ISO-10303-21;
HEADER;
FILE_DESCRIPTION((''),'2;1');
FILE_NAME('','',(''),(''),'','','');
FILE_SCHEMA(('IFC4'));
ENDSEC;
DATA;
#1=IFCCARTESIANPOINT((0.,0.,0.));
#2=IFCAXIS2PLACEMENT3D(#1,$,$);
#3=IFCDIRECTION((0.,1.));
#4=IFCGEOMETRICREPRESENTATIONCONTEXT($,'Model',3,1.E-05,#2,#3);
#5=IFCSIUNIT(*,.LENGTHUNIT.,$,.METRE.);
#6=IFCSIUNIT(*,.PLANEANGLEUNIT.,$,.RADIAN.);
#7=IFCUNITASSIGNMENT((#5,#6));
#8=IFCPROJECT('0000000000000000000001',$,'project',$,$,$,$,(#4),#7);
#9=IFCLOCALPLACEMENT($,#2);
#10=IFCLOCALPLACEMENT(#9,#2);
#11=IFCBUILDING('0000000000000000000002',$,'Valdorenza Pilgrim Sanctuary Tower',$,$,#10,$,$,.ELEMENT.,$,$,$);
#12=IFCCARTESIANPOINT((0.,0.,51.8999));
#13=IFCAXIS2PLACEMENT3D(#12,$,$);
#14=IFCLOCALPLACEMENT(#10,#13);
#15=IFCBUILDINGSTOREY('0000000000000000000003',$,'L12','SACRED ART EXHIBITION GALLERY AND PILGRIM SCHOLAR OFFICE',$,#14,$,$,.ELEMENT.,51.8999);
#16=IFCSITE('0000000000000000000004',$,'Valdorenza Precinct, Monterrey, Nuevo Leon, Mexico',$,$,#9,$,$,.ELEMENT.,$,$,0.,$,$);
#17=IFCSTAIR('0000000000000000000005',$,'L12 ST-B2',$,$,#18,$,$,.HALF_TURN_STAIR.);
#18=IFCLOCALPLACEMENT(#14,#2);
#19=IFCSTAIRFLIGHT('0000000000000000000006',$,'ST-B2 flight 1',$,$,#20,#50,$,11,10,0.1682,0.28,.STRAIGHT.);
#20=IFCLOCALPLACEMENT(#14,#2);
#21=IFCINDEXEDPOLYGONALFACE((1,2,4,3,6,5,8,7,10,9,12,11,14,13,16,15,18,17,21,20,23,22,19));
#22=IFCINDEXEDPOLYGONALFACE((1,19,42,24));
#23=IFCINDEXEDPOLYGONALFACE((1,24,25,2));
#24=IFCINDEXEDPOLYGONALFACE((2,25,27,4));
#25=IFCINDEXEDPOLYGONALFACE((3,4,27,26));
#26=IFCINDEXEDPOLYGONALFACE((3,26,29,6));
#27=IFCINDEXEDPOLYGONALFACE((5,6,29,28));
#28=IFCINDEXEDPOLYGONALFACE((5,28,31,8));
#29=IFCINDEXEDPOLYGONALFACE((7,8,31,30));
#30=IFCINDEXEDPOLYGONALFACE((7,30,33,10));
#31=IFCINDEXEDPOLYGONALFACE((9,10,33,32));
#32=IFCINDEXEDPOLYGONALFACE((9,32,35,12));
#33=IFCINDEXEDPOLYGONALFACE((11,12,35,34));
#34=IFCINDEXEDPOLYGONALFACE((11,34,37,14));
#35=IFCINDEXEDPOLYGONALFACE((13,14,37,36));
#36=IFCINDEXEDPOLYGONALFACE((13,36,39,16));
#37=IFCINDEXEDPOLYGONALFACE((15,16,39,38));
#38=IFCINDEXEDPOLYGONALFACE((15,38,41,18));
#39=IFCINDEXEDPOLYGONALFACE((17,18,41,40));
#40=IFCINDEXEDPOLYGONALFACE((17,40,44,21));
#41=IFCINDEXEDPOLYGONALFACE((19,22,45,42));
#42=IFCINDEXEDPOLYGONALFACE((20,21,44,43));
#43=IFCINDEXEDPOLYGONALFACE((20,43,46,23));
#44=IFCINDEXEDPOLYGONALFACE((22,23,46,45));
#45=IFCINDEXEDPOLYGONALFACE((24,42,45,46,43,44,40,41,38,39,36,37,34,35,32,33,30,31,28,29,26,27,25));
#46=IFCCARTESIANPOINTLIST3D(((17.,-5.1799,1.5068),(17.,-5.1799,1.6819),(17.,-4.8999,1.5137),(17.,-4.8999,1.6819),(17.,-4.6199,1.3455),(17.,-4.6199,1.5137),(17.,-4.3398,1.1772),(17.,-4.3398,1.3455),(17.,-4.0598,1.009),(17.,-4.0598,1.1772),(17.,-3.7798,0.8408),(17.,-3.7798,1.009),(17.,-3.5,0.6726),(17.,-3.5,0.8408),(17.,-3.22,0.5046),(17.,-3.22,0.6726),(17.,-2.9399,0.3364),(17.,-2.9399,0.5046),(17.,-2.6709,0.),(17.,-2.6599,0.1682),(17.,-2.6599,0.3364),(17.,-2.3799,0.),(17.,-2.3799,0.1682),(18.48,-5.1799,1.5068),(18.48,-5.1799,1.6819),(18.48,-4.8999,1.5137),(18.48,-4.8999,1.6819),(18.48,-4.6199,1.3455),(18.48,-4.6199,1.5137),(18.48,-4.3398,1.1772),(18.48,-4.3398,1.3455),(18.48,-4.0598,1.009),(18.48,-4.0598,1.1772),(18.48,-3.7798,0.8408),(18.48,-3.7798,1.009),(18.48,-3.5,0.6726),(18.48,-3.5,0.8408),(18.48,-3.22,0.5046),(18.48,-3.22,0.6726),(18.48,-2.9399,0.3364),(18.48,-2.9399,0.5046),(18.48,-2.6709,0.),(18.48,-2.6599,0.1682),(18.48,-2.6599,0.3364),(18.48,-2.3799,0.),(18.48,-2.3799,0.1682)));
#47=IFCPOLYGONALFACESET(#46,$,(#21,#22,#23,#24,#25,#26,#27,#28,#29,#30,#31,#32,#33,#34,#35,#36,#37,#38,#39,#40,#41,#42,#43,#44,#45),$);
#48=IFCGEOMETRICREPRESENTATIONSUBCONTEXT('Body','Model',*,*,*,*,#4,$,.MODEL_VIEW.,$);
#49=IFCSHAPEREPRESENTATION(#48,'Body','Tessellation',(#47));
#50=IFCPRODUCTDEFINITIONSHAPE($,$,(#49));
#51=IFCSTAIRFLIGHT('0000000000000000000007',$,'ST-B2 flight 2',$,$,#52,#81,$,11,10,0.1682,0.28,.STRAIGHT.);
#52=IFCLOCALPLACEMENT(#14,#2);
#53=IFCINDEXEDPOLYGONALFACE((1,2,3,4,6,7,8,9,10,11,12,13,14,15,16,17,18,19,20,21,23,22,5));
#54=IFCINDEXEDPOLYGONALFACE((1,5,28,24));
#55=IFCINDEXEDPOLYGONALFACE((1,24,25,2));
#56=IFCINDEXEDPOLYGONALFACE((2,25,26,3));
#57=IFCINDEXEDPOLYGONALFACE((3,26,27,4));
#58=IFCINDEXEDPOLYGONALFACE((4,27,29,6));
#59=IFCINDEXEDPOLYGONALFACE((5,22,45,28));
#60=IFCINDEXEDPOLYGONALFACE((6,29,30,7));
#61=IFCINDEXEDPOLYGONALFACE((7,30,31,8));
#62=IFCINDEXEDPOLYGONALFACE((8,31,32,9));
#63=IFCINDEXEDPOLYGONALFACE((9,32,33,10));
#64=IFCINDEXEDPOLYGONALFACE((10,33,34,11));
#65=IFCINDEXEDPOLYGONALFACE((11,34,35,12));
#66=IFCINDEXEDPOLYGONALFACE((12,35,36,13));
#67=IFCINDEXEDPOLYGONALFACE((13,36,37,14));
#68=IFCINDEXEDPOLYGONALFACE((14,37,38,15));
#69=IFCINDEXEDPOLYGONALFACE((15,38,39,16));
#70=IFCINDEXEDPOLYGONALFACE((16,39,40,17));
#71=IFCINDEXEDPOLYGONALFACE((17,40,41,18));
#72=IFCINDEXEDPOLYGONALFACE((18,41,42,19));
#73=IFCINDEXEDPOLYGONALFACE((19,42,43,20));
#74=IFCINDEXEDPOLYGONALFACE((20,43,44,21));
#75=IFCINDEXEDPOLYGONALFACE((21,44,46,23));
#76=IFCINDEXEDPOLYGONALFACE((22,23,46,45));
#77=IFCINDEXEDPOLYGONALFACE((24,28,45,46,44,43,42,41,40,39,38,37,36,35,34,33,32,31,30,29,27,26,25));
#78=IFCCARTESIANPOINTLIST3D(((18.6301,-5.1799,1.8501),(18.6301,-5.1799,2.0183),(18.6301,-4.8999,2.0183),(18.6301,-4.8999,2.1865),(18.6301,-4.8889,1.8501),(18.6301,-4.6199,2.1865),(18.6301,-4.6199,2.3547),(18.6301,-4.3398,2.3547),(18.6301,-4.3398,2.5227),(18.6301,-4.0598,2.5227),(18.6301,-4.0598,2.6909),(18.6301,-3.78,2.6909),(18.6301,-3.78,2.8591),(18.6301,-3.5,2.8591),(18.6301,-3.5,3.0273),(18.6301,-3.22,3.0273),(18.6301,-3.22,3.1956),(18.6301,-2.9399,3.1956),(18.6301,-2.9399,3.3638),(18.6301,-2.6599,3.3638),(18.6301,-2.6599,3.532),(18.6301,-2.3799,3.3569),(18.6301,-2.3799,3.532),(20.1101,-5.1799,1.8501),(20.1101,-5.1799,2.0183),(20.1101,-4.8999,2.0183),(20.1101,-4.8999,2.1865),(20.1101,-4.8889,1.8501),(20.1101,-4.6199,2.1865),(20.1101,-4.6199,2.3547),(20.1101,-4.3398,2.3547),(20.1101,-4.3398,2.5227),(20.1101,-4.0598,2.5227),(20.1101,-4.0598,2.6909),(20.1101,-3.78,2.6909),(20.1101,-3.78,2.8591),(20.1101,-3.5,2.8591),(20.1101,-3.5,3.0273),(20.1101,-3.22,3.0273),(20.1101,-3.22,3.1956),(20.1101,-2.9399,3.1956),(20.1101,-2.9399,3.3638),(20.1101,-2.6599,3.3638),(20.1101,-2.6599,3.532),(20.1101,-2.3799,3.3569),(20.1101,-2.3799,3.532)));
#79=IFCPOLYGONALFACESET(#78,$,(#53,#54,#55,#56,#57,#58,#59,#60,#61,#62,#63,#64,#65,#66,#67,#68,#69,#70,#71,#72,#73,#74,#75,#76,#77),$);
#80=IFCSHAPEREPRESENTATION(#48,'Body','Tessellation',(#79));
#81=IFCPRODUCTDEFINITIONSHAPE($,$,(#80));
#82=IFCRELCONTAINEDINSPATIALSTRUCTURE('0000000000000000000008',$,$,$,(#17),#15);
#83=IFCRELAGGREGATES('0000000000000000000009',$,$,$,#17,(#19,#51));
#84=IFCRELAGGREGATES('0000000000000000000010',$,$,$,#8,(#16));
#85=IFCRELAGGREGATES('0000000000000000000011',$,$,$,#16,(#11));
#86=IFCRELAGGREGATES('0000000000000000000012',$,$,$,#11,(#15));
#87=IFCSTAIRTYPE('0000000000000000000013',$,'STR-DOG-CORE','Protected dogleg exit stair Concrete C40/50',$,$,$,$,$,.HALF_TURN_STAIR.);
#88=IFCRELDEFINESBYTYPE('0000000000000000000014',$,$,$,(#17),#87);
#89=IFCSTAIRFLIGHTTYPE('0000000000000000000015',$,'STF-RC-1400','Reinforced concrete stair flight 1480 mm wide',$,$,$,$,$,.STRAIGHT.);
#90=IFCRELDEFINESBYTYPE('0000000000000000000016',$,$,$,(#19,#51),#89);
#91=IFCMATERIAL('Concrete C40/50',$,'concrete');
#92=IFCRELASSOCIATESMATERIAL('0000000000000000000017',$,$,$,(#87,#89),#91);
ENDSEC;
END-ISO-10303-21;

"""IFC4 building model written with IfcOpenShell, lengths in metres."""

from ifc_helpers import new_model, si_unit, direction, frame, origin, place, context, subcontext, project, spatial, polyline, outline, extrude, material, type_object, element, aggregate, save


model = new_model("IFC4")

# Units and contexts
model_context = context("Model", 3, precision=1e-05, world=origin(), true_north=direction((0.0, 1.0)))
body_context = subcontext(model_context, "Body", "Model", "MODEL_VIEW")
ifc_project = project(units=[si_unit("LENGTHUNIT", "METRE"), si_unit("PLANEANGLEUNIT", "RADIAN")], contexts=[model_context])

# Site, building, storey
site_placement = place(None, origin())
site = spatial("IfcSite", under=ifc_project, at=site_placement, Name="Valdorenza Precinct, Monterrey, Nuevo Leon, Mexico", CompositionType="ELEMENT", RefElevation=0.0)
building_placement = place(site_placement, origin())
building = spatial("IfcBuilding", under=site, at=building_placement, Name="Valdorenza Pilgrim Sanctuary Tower", CompositionType="ELEMENT")
storey_placement = place(building_placement, frame((0.0, 0.0, 51.8999)))
storey = spatial("IfcBuildingStorey", under=building, at=storey_placement, Name="L12", Description="SACRED ART EXHIBITION GALLERY AND PILGRIM SCHOLAR OFFICE", CompositionType="ELEMENT", Elevation=51.8999)

# Shared definitions
ifc_material_1 = material(Name="Concrete C40/50", Category="concrete")

# Stair, stair flights
stair_type = type_object("IfcStairType", Name="STR-DOG-CORE", Description="Protected dogleg exit stair Concrete C40/50", PredefinedType="HALF_TURN_STAIR", material=ifc_material_1)
stair_placement = place(storey_placement, origin())
stair = element("IfcStair", 1, at=stair_placement, inside=storey, type_object=stair_type, Name="L12 ST-B2", PredefinedType="HALF_TURN_STAIR")
stair_flight_type = type_object("IfcStairFlightType", Name="STF-RC-1400", Description="Reinforced concrete stair flight 1480 mm wide", PredefinedType="STRAIGHT", material=ifc_material_1)
stair_flight_1_placement = place(storey_placement, frame((17.74, -2.3799, 0.0), z_axis=(0.0, 0.0, 1.0), x_axis=(0.0, -1.0, 0.0)))
stair_flight_1 = element("IfcStairFlight", 2, at=stair_flight_1_placement, type_object=stair_flight_type, Name="ST-B2 flight 1", NumberOfRisers=11, NumberOfTreads=10, PredefinedType="STRAIGHT", RiserHeight=0.1682, TreadLength=0.28, context=body_context, shape_type="SweptSolid", body=[
    extrude(outline(polyline([(0.0, 0.0), (0.0, 0.1682), (0.28, 0.1682), (0.28, 0.3364), (0.5601, 0.3364), (0.5601, 0.5046), (0.8401, 0.5046), (0.8401, 0.6726), (1.1201, 0.6726), (1.1201, 0.8408), (1.3999, 0.8408), (1.3999, 1.009), (1.6799, 1.009), (1.6799, 1.1772), (1.96, 1.1772), (1.96, 1.3455), (2.24, 1.3455), (2.24, 1.5137), (2.52, 1.5137), (2.52, 1.6819), (2.8, 1.6819), (2.8, 1.8501), (2.8, 1.5068), (0.291, 0.0), (0.0, 0.0)])), frame((0.0, 0.74, 0.0), z_axis=(0.0, -1.0, 0.0), x_axis=(1.0, 0.0, 0.0)), (0.0, 0.0, 1.0), 1.48),
])
stair_flight_2_placement = place(storey_placement, frame((19.3701, -5.1799, 1.8501), z_axis=(0.0, 0.0, 1.0), x_axis=(0.0, 1.0, 0.0)))
stair_flight_2 = element("IfcStairFlight", 3, at=stair_flight_2_placement, type_object=stair_flight_type, Name="ST-B2 flight 2", NumberOfRisers=11, NumberOfTreads=10, PredefinedType="STRAIGHT", RiserHeight=0.1682, TreadLength=0.28, context=body_context, shape_type="SweptSolid", body=[
    extrude(outline(polyline([(0.0, 0.0), (0.0, 0.1682), (0.28, 0.1682), (0.28, 0.3364), (0.5601, 0.3364), (0.5601, 0.5046), (0.8401, 0.5046), (0.8401, 0.6726), (1.1201, 0.6726), (1.1201, 0.8408), (1.3999, 0.8408), (1.3999, 1.009), (1.6799, 1.009), (1.6799, 1.1772), (1.96, 1.1772), (1.96, 1.3455), (2.24, 1.3455), (2.24, 1.5137), (2.52, 1.5137), (2.52, 1.6819), (2.8, 1.6819), (2.8, 1.8501), (2.8, 1.5068), (0.291, 0.0), (0.0, 0.0)])), frame((0.0, 0.74, 0.0), z_axis=(0.0, -1.0, 0.0), x_axis=(1.0, 0.0, 0.0)), (0.0, 0.0, 1.0), 1.48),
])
aggregate(stair, [stair_flight_1, stair_flight_2])

save(model, "model.ifc")
